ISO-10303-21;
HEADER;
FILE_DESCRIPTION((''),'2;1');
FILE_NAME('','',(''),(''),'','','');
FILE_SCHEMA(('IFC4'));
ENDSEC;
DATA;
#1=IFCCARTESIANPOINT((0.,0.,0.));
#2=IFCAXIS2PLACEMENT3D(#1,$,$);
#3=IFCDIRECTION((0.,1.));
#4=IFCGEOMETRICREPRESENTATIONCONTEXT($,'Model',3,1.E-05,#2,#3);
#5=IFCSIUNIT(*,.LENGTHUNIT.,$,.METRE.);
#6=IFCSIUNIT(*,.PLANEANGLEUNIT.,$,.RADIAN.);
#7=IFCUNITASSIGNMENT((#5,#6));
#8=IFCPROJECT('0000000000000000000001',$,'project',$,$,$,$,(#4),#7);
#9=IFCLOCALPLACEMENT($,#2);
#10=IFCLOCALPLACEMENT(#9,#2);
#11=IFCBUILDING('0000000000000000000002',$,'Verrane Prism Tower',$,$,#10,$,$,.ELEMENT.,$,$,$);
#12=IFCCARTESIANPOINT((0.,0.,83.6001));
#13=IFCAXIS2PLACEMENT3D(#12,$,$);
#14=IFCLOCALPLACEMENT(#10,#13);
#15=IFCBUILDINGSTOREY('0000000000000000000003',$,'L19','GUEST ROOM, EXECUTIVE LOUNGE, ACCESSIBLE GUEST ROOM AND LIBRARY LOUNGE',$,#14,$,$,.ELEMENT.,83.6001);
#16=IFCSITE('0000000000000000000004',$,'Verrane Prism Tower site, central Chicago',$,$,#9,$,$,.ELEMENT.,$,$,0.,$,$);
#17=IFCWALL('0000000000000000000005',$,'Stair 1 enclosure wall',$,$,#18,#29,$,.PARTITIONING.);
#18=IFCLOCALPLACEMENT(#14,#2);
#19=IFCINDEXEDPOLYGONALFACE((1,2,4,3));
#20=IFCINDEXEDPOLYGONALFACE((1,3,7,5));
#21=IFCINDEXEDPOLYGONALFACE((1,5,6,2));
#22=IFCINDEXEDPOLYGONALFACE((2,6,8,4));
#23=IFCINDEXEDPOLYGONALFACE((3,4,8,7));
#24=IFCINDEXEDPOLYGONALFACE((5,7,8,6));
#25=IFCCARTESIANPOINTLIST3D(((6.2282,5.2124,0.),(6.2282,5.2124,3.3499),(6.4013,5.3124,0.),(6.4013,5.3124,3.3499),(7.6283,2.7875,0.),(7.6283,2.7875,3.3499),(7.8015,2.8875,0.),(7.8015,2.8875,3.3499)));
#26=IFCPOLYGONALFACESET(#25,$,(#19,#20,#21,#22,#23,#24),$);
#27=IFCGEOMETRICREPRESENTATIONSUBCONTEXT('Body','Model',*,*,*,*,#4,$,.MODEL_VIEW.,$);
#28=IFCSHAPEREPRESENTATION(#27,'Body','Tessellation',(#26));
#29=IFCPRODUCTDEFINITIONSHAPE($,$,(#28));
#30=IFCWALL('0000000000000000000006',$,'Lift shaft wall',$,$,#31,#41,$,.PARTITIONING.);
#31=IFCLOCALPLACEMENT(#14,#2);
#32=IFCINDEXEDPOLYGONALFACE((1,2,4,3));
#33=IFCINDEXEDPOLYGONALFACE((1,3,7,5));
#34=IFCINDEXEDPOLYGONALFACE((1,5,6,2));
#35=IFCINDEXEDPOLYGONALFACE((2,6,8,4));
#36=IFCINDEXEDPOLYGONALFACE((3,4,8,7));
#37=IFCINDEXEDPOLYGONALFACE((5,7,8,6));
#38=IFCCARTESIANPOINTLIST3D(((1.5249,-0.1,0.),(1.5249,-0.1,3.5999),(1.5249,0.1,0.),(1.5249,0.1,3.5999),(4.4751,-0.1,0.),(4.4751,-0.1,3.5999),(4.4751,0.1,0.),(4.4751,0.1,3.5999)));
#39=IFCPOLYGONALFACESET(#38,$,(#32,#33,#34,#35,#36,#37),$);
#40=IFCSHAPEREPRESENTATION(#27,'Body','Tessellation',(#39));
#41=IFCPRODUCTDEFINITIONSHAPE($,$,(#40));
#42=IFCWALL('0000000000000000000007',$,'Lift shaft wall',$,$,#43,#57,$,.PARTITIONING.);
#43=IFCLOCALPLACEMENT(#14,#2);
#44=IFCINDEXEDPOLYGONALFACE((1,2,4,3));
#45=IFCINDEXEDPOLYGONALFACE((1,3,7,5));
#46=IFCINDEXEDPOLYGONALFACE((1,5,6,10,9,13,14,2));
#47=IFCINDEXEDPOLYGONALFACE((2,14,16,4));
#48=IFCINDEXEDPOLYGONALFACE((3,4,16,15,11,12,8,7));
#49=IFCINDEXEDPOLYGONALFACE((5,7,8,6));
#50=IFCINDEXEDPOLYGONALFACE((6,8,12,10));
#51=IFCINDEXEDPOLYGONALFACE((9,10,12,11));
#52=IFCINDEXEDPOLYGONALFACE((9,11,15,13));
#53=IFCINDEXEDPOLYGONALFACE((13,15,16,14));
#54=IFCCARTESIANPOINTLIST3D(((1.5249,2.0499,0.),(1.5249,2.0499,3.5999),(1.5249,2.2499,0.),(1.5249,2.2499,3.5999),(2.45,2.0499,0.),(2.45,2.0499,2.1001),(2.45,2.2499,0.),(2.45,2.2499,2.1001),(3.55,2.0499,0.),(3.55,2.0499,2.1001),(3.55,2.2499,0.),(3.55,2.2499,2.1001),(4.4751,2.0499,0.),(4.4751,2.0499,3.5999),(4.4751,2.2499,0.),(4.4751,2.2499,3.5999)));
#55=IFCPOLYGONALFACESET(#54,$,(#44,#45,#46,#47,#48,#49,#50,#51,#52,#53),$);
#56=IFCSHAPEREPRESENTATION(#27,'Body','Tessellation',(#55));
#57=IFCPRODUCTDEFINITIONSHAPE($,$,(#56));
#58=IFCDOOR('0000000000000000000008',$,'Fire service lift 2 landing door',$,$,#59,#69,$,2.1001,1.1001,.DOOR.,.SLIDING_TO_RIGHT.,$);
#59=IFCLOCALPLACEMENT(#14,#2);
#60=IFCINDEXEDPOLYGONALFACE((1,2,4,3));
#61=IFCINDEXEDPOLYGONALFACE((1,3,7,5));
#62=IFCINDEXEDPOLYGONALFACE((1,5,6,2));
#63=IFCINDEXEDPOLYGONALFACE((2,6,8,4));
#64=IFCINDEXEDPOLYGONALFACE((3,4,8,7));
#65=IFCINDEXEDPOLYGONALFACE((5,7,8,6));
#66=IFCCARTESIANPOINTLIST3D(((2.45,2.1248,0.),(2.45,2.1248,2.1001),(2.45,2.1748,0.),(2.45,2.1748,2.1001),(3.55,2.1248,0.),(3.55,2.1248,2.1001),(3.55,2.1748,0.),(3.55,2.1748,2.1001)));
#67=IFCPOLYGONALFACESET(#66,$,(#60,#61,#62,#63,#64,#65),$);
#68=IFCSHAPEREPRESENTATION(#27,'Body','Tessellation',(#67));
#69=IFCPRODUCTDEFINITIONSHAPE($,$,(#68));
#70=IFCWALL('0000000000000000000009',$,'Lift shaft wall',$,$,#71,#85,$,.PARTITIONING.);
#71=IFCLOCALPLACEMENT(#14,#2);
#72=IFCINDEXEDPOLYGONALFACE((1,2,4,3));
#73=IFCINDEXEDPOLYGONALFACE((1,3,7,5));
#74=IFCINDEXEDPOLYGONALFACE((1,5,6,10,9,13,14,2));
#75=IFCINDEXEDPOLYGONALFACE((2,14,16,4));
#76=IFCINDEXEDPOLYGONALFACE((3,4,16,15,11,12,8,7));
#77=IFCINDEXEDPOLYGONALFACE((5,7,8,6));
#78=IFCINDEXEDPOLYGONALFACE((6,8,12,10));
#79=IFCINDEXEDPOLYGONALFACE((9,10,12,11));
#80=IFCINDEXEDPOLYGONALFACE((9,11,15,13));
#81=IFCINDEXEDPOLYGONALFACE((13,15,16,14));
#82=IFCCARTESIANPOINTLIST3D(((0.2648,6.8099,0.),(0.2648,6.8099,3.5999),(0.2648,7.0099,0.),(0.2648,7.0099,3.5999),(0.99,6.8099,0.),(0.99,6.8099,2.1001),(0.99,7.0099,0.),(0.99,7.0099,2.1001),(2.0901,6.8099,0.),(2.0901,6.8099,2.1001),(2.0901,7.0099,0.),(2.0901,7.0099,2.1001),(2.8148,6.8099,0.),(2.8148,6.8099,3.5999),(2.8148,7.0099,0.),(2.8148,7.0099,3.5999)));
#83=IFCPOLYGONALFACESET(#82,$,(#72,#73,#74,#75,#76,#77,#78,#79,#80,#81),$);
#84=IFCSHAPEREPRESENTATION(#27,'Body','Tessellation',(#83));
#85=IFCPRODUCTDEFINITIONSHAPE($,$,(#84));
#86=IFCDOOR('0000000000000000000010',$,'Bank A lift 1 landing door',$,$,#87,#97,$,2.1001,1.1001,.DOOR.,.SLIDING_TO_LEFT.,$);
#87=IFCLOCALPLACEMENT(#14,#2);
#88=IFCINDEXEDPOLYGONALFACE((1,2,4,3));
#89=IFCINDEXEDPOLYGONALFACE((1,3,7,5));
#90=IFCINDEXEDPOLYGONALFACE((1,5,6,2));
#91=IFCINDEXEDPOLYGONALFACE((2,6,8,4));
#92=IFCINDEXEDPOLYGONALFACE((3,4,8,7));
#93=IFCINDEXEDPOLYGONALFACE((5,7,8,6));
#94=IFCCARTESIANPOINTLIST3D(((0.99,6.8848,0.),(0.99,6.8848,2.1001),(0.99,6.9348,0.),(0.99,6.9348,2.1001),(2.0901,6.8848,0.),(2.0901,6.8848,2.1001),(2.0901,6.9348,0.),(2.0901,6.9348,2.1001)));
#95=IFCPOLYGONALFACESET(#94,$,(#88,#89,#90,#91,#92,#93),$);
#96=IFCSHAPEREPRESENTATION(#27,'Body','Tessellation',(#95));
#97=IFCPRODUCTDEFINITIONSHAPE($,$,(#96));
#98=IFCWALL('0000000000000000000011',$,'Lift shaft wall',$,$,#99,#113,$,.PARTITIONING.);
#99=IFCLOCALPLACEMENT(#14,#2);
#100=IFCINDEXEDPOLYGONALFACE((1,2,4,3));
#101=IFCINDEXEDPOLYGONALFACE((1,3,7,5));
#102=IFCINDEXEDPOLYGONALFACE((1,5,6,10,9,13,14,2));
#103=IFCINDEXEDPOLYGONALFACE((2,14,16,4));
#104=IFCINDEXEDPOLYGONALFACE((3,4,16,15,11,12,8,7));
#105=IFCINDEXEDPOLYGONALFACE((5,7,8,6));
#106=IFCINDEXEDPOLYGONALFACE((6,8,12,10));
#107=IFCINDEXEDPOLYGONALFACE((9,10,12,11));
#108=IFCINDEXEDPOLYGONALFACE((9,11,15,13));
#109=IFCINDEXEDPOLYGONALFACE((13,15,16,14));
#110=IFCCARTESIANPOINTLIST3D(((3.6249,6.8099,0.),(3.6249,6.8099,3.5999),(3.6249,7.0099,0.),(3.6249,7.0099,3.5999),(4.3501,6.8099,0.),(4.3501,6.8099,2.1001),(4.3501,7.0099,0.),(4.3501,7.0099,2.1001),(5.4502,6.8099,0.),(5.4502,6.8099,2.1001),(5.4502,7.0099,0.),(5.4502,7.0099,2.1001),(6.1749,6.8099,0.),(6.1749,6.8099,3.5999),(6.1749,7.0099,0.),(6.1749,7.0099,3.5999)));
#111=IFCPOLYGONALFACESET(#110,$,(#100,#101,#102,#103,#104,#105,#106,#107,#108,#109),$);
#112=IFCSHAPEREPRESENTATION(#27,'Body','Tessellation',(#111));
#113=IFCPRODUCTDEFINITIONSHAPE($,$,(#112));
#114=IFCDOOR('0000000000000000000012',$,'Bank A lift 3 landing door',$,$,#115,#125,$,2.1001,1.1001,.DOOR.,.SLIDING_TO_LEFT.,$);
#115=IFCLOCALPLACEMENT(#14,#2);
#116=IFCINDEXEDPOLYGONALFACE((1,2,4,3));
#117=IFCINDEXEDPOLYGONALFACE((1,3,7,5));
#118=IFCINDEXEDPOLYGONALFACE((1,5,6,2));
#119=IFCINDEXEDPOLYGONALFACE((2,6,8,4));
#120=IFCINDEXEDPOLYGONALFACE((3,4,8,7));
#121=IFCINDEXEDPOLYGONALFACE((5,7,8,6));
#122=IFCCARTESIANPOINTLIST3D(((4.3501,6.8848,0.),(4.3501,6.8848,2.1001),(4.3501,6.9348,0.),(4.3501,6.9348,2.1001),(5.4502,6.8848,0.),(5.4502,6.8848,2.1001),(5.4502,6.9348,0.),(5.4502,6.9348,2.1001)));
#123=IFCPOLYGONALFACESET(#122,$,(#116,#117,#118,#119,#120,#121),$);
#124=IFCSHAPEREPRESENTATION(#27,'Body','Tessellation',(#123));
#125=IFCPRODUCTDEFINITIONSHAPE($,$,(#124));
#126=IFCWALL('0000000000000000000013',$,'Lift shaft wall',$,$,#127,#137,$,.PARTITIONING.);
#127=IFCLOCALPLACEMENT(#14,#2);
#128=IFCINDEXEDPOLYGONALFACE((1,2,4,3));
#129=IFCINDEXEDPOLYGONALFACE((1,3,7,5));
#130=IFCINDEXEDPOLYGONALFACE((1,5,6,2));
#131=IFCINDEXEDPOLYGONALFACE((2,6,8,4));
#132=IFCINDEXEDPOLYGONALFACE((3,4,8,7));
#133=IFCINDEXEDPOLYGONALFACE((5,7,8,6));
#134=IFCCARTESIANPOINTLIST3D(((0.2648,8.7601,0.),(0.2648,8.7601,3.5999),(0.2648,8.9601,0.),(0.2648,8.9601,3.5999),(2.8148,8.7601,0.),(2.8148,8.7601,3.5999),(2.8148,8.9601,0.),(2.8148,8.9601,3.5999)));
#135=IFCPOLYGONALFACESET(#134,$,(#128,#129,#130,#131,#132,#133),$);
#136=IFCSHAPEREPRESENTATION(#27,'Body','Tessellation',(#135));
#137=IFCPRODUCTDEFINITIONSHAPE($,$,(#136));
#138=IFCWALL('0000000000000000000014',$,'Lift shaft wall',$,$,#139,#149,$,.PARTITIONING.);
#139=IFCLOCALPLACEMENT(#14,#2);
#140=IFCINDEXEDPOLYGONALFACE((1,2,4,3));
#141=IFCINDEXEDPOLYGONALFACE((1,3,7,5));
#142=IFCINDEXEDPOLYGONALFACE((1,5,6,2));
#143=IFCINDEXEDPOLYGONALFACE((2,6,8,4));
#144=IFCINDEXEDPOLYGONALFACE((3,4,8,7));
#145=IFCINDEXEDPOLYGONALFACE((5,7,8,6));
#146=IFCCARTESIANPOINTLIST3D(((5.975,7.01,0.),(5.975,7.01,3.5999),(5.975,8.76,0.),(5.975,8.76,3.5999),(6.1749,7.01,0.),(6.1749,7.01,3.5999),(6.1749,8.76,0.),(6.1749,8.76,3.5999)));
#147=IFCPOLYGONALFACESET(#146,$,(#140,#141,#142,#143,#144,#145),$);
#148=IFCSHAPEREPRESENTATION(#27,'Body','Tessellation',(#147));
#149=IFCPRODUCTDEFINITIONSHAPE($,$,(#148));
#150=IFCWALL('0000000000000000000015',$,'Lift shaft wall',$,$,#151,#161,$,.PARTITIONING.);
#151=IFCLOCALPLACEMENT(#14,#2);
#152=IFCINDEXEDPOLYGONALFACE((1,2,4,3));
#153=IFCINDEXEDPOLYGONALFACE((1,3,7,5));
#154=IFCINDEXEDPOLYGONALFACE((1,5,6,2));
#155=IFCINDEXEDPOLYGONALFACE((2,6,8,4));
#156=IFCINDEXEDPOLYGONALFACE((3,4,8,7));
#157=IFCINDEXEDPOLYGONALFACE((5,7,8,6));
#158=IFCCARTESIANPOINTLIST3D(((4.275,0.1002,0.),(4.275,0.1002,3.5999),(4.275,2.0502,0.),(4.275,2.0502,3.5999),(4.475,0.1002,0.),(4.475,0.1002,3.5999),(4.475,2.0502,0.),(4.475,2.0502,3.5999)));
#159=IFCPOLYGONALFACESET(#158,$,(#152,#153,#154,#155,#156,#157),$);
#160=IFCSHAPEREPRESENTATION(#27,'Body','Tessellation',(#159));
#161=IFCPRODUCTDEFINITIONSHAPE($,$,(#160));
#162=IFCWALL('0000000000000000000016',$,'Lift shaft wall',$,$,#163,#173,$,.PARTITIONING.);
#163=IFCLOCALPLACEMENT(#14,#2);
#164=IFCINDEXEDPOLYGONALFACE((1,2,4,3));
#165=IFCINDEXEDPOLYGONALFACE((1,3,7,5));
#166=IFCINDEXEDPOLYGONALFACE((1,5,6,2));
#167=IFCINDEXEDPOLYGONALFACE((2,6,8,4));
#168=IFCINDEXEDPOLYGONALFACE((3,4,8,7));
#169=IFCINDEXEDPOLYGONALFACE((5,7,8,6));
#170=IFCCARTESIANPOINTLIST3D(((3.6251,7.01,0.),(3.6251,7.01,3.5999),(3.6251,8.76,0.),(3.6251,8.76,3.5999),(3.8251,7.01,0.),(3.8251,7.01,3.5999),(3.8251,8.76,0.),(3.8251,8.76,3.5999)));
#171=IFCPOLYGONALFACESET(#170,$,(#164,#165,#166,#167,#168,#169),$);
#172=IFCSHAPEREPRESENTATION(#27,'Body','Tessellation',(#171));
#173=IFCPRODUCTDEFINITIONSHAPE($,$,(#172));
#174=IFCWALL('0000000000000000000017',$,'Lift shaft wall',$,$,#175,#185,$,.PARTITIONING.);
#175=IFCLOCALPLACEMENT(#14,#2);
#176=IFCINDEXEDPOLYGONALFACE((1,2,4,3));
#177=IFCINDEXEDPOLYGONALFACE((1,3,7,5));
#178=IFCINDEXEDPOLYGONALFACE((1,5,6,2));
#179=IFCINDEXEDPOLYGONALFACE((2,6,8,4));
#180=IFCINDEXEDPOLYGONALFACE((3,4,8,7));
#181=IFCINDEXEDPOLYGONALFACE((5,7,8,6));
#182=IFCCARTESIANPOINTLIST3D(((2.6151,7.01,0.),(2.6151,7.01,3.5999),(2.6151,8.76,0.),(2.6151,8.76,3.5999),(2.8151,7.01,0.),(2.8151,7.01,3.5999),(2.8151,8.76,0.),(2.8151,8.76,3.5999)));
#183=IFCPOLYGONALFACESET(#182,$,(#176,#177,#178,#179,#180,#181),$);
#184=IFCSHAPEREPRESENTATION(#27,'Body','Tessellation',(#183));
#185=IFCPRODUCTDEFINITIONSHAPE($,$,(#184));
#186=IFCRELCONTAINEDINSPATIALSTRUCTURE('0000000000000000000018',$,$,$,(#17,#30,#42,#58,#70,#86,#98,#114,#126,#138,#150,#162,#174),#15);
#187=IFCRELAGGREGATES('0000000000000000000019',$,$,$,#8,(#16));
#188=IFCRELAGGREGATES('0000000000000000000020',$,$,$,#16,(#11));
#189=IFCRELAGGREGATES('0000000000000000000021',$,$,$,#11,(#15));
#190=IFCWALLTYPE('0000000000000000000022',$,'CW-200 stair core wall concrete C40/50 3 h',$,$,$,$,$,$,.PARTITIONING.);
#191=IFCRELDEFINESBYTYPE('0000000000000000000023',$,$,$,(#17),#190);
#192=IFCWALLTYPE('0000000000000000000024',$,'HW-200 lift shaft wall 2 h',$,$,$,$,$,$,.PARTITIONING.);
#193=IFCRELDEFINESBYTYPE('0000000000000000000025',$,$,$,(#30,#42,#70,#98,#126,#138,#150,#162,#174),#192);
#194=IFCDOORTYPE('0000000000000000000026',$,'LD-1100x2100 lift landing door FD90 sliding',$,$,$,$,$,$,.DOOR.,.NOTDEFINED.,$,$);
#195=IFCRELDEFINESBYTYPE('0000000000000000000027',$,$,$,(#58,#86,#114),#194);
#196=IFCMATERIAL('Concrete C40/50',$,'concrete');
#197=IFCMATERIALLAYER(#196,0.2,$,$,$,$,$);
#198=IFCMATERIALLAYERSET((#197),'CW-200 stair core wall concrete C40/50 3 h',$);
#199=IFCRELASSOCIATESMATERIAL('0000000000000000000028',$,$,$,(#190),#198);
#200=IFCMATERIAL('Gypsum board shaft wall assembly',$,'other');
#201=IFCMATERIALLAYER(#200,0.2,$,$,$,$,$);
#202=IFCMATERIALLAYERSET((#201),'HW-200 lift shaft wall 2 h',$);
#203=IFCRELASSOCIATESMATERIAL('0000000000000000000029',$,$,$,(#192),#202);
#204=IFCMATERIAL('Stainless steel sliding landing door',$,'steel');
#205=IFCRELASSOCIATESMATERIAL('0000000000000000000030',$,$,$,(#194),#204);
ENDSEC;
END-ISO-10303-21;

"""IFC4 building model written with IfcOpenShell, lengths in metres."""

from ifc_helpers import new_model, si_unit, direction, frame, frame_2d, origin, place, context, subcontext, project, spatial, rectangle, extrude, material, layer, layer_set, type_object, element, fill, save


model = new_model("IFC4")

# Units and contexts
model_context = context("Model", 3, precision=1e-05, world=origin(), true_north=direction((0.0, 1.0)))
body_context = subcontext(model_context, "Body", "Model", "MODEL_VIEW")
ifc_project = project(units=[si_unit("LENGTHUNIT", "METRE"), si_unit("PLANEANGLEUNIT", "RADIAN")], contexts=[model_context])

# Site, building, storey
site_placement = place(None, origin())
site = spatial("IfcSite", under=ifc_project, at=site_placement, Name="Verrane Prism Tower site, central Chicago", CompositionType="ELEMENT", RefElevation=0.0)
building_placement = place(site_placement, origin())
building = spatial("IfcBuilding", under=site, at=building_placement, Name="Verrane Prism Tower", CompositionType="ELEMENT")
storey_placement = place(building_placement, frame((0.0, 0.0, 83.6001)))
storey = spatial("IfcBuildingStorey", under=building, at=storey_placement, Name="L19", Description="GUEST ROOM, EXECUTIVE LOUNGE, ACCESSIBLE GUEST ROOM AND LIBRARY LOUNGE", CompositionType="ELEMENT", Elevation=83.6001)

# Walls
ifc_material_1 = material(Name="Concrete C40/50", Category="concrete")
ifc_layer_1 = layer(ifc_material_1, 0.2)
ifc_layer_set_1 = layer_set([ifc_layer_1], Name="CW-200 stair core wall concrete C40/50 3 h")
wall_type_1 = type_object("IfcWallType", Name="CW-200 stair core wall concrete C40/50 3 h", PredefinedType="PARTITIONING", material=ifc_layer_set_1)
wall_1_placement = place(storey_placement, frame((7.7148, 2.8376, 0.0), z_axis=(0.0, 0.0, 1.0), x_axis=(-0.50005, 0.865997, 0.0)))
element("IfcWall", 1, at=wall_1_placement, inside=storey, type_object=wall_type_1, Name="Stair 1 enclosure wall", PredefinedType="PARTITIONING", context=body_context, shape_type="SweptSolid", body=[
    extrude(rectangle(XDim=2.8, YDim=0.2, at=frame_2d((1.3999, 0.0))), origin(), (0.0, 0.0, 1.0), 3.3499),
])
ifc_material_2 = material(Name="Gypsum board shaft wall assembly", Category="other")
ifc_layer_2 = layer(ifc_material_2, 0.2)
ifc_layer_set_2 = layer_set([ifc_layer_2], Name="HW-200 lift shaft wall 2 h")
wall_type_2 = type_object("IfcWallType", Name="HW-200 lift shaft wall 2 h", PredefinedType="PARTITIONING", material=ifc_layer_set_2)
wall_2_placement = place(storey_placement, frame((1.5249, 0.0, 0.0), z_axis=(0.0, 0.0, 1.0), x_axis=(1.0, 0.0, 0.0)))
element("IfcWall", 2, at=wall_2_placement, inside=storey, type_object=wall_type_2, Name="Lift shaft wall", PredefinedType="PARTITIONING", context=body_context, shape_type="SweptSolid", body=[
    extrude(rectangle(XDim=2.9502, YDim=0.2, at=frame_2d((1.4751, 0.0))), origin(), (0.0, 0.0, 1.0), 3.5999),
])

# Walls, openings, doors
wall_3_placement = place(storey_placement, frame((1.5249, 2.1499, 0.0), z_axis=(0.0, 0.0, 1.0), x_axis=(1.0, 0.0, 0.0)))
wall_3 = element("IfcWall", 3, at=wall_3_placement, inside=storey, type_object=wall_type_2, Name="Lift shaft wall", PredefinedType="PARTITIONING", context=body_context, shape_type="SweptSolid", body=[
    extrude(rectangle(XDim=2.9502, YDim=0.2, at=frame_2d((1.4751, 0.0))), origin(), (0.0, 0.0, 1.0), 3.5999),
])
opening_1_placement = place(wall_3_placement, frame((0.925, 0.0, 0.0)))
opening_1 = element("IfcOpeningElement", 4, at=opening_1_placement, cuts=wall_3, PredefinedType="OPENING", context=body_context, shape_type="SweptSolid", body=[
    extrude(rectangle(XDim=1.1001, YDim=2.1001, at=frame_2d((0.55, 1.05))), frame((0.0, 0.1099, 0.0), z_axis=(0.0, -1.0, 0.0), x_axis=(1.0, 0.0, 0.0)), (0.0, 0.0, 1.0), 0.22),
])
ifc_material_3 = material(Name="Stainless steel sliding landing door", Category="steel")
door_type_1 = type_object("IfcDoorType", Name="LD-1100x2100 lift landing door FD90 sliding", OperationType="NOTDEFINED", PredefinedType="DOOR", material=ifc_material_3)
door_1_placement = place(opening_1_placement, origin())
door_1 = element("IfcDoor", 5, at=door_1_placement, inside=storey, type_object=door_type_1, Name="Fire service lift 2 landing door", OperationType="SLIDING_TO_RIGHT", OverallHeight=2.1001, OverallWidth=1.1001, PredefinedType="DOOR", context=body_context, shape_type="SweptSolid", body=[
    extrude(rectangle(XDim=1.1001, YDim=2.1001, at=frame_2d((0.55, 1.05))), frame((0.0, 0.0249, 0.0), z_axis=(0.0, -1.0, 0.0), x_axis=(1.0, 0.0, 0.0)), (0.0, 0.0, 1.0), 0.05),
])
fill(opening_1, door_1)
wall_4_placement = place(storey_placement, frame((0.2649, 6.9099, 0.0), z_axis=(0.0, 0.0, 1.0), x_axis=(1.0, 0.0, 0.0)))
wall_4 = element("IfcWall", 6, at=wall_4_placement, inside=storey, type_object=wall_type_2, Name="Lift shaft wall", PredefinedType="PARTITIONING", context=body_context, shape_type="SweptSolid", body=[
    extrude(rectangle(XDim=2.55, YDim=0.2, at=frame_2d((1.2749, 0.0))), origin(), (0.0, 0.0, 1.0), 3.5999),
])
opening_2_placement = place(wall_4_placement, frame((0.7251, 0.0, 0.0)))
opening_2 = element("IfcOpeningElement", 7, at=opening_2_placement, cuts=wall_4, PredefinedType="OPENING", context=body_context, shape_type="SweptSolid", body=[
    extrude(rectangle(XDim=1.1001, YDim=2.1001, at=frame_2d((0.55, 1.05))), frame((0.0, 0.1099, 0.0), z_axis=(0.0, -1.0, 0.0), x_axis=(1.0, 0.0, 0.0)), (0.0, 0.0, 1.0), 0.22),
])
door_2_placement = place(opening_2_placement, origin())
door_2 = element("IfcDoor", 8, at=door_2_placement, inside=storey, type_object=door_type_1, Name="Bank A lift 1 landing door", OperationType="SLIDING_TO_LEFT", OverallHeight=2.1001, OverallWidth=1.1001, PredefinedType="DOOR", context=body_context, shape_type="SweptSolid", body=[
    extrude(rectangle(XDim=1.1001, YDim=2.1001, at=frame_2d((0.55, 1.05))), frame((0.0, 0.0249, 0.0), z_axis=(0.0, -1.0, 0.0), x_axis=(1.0, 0.0, 0.0)), (0.0, 0.0, 1.0), 0.05),
])
fill(opening_2, door_2)
wall_5_placement = place(storey_placement, frame((3.625, 6.9099, 0.0), z_axis=(0.0, 0.0, 1.0), x_axis=(1.0, 0.0, 0.0)))
wall_5 = element("IfcWall", 9, at=wall_5_placement, inside=storey, type_object=wall_type_2, Name="Lift shaft wall", PredefinedType="PARTITIONING", context=body_context, shape_type="SweptSolid", body=[
    extrude(rectangle(XDim=2.55, YDim=0.2, at=frame_2d((1.2749, 0.0))), origin(), (0.0, 0.0, 1.0), 3.5999),
])
opening_3_placement = place(wall_5_placement, frame((0.7251, 0.0, 0.0)))
opening_3 = element("IfcOpeningElement", 10, at=opening_3_placement, cuts=wall_5, PredefinedType="OPENING", context=body_context, shape_type="SweptSolid", body=[
    extrude(rectangle(XDim=1.1001, YDim=2.1001, at=frame_2d((0.55, 1.05))), frame((0.0, 0.1099, 0.0), z_axis=(0.0, -1.0, 0.0), x_axis=(1.0, 0.0, 0.0)), (0.0, 0.0, 1.0), 0.22),
])
door_3_placement = place(opening_3_placement, origin())
door_3 = element("IfcDoor", 11, at=door_3_placement, inside=storey, type_object=door_type_1, Name="Bank A lift 3 landing door", OperationType="SLIDING_TO_LEFT", OverallHeight=2.1001, OverallWidth=1.1001, PredefinedType="DOOR", context=body_context, shape_type="SweptSolid", body=[
    extrude(rectangle(XDim=1.1001, YDim=2.1001, at=frame_2d((0.55, 1.05))), frame((0.0, 0.0249, 0.0), z_axis=(0.0, -1.0, 0.0), x_axis=(1.0, 0.0, 0.0)), (0.0, 0.0, 1.0), 0.05),
])
fill(opening_3, door_3)

# Walls
wall_6_placement = place(storey_placement, frame((0.2649, 8.8601, 0.0), z_axis=(0.0, 0.0, 1.0), x_axis=(1.0, 0.0, 0.0)))
element("IfcWall", 12, at=wall_6_placement, inside=storey, type_object=wall_type_2, Name="Lift shaft wall", PredefinedType="PARTITIONING", context=body_context, shape_type="SweptSolid", body=[
    extrude(rectangle(XDim=2.55, YDim=0.2, at=frame_2d((1.2749, 0.0))), origin(), (0.0, 0.0, 1.0), 3.5999),
])
wall_7_placement = place(storey_placement, frame((6.075, 7.01, 0.0), z_axis=(0.0, 0.0, 1.0), x_axis=(0.0, 1.0, 0.0)))
element("IfcWall", 13, at=wall_7_placement, inside=storey, type_object=wall_type_2, Name="Lift shaft wall", PredefinedType="PARTITIONING", context=body_context, shape_type="SweptSolid", body=[
    extrude(rectangle(XDim=1.75, YDim=0.2, at=frame_2d((0.875, 0.0))), origin(), (0.0, 0.0, 1.0), 3.5999),
])
wall_8_placement = place(storey_placement, frame((4.375, 0.1001, 0.0), z_axis=(0.0, 0.0, 1.0), x_axis=(0.0, 1.0, 0.0)))
element("IfcWall", 14, at=wall_8_placement, inside=storey, type_object=wall_type_2, Name="Lift shaft wall", PredefinedType="PARTITIONING", context=body_context, shape_type="SweptSolid", body=[
    extrude(rectangle(XDim=1.95, YDim=0.2, at=frame_2d((0.9751, 0.0))), origin(), (0.0, 0.0, 1.0), 3.5999),
])
for number, where, z_axis, x_axis, name in (
    (15, (3.7251, 7.01, 0.0), (0.0, 0.0, 1.0), (0.0, 1.0, 0.0), "Lift shaft wall"),
    (16, (2.7151, 7.01, 0.0), (0.0, 0.0, 1.0), (0.0, 1.0, 0.0), "Lift shaft wall"),
):
    element("IfcWall", number, at=place(storey_placement, frame(where, z_axis=z_axis, x_axis=x_axis)), inside=storey, type_object=wall_type_2, Name=name, PredefinedType="PARTITIONING", context=body_context, shape_type="SweptSolid", body=[
        extrude(rectangle(XDim=1.75, YDim=0.2, at=frame_2d((0.875, 0.0))), origin(), (0.0, 0.0, 1.0), 3.5999),
    ])

save(model, "model.ifc")
